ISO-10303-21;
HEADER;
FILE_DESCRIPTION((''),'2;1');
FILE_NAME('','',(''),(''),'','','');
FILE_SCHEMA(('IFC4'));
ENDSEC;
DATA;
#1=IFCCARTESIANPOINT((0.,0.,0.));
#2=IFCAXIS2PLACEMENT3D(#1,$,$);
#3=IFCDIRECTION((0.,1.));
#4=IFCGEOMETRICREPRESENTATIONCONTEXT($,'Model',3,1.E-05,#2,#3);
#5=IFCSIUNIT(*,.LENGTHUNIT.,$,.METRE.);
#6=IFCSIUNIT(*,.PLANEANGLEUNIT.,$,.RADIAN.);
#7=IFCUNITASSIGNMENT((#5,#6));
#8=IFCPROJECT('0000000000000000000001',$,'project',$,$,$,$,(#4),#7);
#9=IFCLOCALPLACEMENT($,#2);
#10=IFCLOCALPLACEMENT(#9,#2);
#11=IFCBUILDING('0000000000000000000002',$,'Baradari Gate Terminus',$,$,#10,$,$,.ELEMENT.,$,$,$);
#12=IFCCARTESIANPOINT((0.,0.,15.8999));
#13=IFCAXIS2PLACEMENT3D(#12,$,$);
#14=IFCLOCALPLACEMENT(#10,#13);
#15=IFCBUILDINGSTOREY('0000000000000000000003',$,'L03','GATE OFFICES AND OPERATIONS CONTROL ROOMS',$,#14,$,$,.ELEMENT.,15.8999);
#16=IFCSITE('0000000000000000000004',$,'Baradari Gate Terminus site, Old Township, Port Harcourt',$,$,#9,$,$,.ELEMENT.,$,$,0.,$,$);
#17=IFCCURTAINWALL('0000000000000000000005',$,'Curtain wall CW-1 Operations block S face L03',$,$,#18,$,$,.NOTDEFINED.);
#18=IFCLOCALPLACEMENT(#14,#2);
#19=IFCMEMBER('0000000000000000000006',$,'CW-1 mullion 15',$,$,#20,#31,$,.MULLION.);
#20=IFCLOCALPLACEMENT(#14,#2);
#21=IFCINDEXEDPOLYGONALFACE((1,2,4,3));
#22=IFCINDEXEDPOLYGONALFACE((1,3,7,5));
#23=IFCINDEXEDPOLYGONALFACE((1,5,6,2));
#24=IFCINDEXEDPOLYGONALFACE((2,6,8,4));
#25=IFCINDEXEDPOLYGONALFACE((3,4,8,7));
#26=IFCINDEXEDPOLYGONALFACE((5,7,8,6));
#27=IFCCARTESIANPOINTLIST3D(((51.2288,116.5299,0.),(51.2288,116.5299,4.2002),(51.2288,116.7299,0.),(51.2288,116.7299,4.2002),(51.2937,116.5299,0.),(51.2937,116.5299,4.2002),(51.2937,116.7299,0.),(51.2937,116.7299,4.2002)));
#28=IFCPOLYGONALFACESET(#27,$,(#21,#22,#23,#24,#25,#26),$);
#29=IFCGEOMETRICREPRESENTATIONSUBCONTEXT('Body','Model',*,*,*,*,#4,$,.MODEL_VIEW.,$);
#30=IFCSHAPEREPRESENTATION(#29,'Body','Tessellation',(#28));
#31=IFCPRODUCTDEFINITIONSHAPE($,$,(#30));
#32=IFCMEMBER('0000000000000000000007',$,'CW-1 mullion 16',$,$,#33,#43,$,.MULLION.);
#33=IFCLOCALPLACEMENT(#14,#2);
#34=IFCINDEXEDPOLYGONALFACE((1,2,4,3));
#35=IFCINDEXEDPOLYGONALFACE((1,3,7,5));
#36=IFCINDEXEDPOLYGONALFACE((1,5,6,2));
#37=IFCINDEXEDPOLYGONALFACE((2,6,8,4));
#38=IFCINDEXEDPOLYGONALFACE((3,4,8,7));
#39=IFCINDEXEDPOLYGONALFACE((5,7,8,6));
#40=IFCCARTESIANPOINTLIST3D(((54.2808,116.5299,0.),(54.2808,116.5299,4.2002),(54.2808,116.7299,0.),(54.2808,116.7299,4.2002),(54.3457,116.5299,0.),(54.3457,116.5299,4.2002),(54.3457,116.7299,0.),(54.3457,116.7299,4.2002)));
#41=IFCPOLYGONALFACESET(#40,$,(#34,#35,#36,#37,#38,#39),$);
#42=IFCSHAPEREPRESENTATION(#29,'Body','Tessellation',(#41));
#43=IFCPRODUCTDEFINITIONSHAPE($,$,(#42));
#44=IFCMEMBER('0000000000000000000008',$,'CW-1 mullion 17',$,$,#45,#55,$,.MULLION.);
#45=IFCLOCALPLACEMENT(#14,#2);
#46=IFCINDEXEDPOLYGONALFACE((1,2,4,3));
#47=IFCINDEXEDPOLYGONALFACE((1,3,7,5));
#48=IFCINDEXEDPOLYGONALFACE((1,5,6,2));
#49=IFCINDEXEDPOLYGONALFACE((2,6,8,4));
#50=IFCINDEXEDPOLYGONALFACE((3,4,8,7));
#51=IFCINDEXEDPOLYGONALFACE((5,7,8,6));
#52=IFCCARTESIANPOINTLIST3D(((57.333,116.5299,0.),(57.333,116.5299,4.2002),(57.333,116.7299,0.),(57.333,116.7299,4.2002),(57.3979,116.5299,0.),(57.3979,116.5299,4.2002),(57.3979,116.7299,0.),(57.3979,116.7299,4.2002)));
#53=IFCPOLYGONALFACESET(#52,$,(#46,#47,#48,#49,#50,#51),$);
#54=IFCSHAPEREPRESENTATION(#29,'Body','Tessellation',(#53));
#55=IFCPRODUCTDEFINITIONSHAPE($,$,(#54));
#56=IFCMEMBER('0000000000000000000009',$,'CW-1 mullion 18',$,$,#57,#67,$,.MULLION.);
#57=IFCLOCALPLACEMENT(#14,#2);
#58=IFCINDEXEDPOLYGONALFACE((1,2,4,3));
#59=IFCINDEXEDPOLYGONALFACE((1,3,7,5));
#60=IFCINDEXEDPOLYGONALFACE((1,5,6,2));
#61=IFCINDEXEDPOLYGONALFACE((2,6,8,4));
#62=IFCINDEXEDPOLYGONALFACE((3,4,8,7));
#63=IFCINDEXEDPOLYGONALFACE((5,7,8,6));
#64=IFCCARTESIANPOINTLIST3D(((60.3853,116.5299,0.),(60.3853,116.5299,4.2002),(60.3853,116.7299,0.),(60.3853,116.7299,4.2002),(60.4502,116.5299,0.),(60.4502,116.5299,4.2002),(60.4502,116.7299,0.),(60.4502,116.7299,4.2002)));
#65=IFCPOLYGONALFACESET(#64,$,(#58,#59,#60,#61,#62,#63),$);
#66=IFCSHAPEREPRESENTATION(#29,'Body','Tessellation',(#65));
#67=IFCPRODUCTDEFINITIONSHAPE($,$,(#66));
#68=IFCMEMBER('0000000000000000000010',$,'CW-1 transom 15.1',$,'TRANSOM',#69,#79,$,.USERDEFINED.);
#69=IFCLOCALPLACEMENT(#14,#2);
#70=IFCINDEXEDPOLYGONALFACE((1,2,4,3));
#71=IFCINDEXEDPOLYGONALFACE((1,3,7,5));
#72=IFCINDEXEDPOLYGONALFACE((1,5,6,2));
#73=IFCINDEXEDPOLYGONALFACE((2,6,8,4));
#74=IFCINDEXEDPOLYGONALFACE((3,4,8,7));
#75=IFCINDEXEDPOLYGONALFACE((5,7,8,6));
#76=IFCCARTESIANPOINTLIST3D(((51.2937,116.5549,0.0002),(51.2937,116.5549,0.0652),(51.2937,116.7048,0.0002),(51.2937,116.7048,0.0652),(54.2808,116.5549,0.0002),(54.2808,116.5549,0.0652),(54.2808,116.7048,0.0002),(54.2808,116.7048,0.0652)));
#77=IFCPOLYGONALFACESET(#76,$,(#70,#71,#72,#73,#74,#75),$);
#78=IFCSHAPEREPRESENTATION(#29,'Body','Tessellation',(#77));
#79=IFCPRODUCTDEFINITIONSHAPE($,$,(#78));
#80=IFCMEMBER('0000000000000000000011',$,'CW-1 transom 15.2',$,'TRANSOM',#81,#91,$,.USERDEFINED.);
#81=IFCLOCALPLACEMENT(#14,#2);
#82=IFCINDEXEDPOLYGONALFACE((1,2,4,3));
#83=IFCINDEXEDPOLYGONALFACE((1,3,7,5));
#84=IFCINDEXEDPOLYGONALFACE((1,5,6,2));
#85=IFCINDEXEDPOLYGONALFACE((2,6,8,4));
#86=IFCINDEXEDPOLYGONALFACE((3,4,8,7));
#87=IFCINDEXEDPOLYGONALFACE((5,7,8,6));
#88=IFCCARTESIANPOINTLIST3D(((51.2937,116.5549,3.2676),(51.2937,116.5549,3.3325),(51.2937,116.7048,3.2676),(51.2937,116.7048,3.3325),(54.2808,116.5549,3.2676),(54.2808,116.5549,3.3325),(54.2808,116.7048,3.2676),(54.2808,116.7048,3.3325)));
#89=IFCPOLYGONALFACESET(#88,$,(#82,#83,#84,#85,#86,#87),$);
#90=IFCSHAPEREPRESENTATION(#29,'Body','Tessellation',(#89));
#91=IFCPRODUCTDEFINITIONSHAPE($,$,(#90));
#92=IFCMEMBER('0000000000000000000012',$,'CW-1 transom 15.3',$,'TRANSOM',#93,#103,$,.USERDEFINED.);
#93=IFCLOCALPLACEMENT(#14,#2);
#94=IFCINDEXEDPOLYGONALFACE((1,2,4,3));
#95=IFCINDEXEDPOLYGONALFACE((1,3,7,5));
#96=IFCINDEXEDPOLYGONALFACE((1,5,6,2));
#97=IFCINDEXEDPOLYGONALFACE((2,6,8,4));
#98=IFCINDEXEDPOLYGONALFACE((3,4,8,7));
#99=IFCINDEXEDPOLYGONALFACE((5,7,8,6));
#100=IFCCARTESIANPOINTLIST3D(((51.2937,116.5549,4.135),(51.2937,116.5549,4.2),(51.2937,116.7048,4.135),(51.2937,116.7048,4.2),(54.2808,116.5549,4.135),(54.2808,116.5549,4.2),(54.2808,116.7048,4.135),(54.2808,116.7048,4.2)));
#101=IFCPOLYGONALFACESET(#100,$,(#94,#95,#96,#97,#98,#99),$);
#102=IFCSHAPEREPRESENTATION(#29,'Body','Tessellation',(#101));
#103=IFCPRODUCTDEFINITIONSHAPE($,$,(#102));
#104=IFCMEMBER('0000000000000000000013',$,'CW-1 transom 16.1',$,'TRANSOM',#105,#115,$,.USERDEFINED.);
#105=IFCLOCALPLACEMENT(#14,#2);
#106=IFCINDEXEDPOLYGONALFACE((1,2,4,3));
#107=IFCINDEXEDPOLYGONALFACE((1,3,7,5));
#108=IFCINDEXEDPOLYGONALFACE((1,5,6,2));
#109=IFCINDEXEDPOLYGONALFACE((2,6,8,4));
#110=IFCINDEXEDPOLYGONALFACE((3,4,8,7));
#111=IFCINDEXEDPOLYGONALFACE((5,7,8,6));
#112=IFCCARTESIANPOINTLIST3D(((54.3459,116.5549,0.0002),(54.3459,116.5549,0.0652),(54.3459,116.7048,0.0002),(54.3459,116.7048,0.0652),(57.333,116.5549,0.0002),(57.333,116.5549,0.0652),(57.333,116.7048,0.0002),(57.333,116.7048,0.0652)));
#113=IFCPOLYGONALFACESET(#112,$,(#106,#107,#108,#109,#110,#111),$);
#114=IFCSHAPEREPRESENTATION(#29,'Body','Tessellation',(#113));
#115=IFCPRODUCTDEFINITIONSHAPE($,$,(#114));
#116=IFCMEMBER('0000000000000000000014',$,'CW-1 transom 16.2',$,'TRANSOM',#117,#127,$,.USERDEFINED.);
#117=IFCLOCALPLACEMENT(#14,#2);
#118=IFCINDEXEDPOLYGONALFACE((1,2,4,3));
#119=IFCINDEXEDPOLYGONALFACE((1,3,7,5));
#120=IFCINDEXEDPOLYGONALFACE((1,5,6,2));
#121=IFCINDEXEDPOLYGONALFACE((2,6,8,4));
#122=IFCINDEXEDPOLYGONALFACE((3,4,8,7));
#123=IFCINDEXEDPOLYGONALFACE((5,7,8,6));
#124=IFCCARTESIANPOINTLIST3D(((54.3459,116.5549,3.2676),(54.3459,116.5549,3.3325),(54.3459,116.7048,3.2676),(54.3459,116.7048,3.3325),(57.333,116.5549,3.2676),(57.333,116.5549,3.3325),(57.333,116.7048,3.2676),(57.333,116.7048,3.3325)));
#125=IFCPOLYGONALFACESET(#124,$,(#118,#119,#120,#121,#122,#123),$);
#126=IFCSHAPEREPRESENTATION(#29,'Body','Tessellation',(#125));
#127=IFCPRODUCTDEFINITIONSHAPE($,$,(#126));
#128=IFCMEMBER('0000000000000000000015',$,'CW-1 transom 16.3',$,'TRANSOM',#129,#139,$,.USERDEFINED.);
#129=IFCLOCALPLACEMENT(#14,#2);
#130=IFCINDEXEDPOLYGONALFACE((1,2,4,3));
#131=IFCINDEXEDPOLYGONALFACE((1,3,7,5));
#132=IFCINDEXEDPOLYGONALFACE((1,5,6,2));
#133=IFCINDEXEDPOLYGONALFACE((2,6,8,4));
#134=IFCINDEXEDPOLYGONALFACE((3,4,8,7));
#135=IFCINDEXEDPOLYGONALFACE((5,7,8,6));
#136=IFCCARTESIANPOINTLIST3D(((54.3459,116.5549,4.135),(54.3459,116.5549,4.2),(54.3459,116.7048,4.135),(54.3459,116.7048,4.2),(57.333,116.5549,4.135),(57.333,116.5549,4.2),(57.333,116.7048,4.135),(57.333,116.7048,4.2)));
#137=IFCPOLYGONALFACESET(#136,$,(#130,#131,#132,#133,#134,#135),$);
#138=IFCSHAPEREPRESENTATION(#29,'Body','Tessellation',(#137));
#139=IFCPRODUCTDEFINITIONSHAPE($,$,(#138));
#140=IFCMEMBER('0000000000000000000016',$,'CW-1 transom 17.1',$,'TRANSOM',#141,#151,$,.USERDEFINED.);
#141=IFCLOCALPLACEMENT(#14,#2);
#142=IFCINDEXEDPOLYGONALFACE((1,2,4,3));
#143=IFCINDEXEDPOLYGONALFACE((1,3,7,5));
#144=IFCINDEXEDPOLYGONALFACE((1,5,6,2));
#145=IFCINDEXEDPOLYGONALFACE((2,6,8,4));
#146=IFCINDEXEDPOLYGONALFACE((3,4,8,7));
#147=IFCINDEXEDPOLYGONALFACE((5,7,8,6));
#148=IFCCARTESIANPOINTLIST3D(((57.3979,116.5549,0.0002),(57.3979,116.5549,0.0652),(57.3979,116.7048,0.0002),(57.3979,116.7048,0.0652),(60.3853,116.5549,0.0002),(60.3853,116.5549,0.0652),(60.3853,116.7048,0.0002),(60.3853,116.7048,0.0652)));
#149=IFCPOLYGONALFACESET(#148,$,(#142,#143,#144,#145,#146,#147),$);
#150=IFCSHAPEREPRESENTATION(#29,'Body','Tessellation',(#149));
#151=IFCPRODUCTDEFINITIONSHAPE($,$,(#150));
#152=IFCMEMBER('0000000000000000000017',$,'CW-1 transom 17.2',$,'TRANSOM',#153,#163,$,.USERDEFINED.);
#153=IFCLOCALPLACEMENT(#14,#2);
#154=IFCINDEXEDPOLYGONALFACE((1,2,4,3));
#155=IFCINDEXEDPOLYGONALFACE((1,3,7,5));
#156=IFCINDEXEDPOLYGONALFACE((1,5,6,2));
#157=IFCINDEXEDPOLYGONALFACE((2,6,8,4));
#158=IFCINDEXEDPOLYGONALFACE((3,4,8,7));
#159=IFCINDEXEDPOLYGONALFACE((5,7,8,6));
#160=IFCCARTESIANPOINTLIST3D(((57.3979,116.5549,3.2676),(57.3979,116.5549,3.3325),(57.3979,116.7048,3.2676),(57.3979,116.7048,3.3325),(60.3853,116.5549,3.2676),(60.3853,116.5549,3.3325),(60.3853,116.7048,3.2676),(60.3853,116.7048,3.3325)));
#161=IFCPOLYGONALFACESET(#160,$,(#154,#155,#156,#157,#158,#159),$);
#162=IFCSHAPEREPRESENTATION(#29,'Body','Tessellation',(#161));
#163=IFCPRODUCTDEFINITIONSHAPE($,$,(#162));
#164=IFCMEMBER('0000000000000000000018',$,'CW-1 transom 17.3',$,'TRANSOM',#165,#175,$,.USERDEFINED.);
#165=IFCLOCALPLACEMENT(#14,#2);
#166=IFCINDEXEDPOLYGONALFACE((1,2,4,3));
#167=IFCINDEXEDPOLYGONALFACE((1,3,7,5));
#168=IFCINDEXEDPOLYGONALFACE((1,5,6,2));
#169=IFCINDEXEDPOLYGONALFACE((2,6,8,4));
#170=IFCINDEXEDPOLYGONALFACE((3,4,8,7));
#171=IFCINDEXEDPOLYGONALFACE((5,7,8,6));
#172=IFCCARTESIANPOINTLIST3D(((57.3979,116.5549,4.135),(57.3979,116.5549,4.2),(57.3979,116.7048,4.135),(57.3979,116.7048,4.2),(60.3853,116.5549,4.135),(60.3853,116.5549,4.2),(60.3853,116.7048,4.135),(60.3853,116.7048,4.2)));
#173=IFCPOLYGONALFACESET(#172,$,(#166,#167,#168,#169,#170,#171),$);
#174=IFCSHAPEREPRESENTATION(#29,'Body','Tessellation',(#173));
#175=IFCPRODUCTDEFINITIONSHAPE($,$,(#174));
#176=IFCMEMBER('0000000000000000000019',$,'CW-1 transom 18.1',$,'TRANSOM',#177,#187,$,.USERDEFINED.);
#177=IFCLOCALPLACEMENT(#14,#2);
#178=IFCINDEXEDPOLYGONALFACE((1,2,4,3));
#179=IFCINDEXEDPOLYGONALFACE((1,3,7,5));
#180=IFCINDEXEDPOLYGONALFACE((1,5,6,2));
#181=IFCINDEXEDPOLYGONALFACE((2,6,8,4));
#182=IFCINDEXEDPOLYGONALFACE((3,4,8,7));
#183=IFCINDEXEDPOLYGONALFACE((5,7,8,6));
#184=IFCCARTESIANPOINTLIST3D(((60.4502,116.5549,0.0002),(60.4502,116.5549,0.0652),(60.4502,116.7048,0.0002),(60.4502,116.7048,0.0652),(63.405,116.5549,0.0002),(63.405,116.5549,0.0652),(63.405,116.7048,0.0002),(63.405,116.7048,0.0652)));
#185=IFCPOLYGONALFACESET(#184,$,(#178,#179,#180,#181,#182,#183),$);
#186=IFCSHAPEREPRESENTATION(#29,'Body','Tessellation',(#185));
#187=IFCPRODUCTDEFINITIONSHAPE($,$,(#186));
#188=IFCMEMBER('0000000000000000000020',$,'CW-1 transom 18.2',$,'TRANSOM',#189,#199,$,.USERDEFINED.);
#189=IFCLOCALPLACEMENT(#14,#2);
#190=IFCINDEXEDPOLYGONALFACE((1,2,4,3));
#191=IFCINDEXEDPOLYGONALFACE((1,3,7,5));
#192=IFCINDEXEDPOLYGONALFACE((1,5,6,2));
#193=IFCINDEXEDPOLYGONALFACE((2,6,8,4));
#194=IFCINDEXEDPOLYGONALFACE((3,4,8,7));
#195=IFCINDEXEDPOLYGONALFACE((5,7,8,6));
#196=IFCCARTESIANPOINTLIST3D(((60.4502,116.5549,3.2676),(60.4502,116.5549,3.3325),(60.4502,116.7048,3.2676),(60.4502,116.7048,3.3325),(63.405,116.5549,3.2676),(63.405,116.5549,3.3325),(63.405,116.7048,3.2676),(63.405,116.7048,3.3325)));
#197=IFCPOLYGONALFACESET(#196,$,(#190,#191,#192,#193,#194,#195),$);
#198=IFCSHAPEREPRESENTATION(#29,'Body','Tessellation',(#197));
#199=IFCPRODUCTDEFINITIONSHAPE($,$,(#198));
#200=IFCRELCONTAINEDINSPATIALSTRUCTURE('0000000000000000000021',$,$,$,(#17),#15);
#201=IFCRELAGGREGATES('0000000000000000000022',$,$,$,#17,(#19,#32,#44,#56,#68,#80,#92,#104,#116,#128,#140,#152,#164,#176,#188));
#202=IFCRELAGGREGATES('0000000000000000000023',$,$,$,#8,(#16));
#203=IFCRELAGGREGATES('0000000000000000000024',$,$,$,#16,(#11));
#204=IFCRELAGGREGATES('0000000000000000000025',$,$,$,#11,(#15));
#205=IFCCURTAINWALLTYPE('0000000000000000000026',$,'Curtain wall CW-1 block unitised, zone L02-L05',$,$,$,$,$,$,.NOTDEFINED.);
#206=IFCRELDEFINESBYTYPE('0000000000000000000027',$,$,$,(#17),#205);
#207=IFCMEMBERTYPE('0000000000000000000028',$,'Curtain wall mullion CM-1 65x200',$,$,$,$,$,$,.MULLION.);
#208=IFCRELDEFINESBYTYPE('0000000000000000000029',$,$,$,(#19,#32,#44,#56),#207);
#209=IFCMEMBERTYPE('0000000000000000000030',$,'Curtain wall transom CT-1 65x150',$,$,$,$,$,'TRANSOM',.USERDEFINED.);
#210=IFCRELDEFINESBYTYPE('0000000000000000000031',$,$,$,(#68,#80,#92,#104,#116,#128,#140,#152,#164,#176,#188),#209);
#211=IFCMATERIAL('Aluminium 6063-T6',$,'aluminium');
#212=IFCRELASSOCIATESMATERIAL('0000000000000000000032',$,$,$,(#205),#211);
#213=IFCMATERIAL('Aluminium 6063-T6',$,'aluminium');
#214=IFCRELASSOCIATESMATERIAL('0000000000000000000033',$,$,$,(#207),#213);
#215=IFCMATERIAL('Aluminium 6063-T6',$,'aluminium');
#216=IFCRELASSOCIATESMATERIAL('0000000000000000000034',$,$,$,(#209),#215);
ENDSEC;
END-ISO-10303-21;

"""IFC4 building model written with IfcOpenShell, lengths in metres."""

from ifc_helpers import new_model, si_unit, direction, frame, origin, origin_2d, place, context, subcontext, project, spatial, rectangle, extrude, material, material_profile, profile_set, type_object, element, aggregate, save


model = new_model("IFC4")

# Units and contexts
model_context = context("Model", 3, precision=1e-05, world=origin(), true_north=direction((0.0, 1.0)))
body_context = subcontext(model_context, "Body", "Model", "MODEL_VIEW")
ifc_project = project(units=[si_unit("LENGTHUNIT", "METRE"), si_unit("PLANEANGLEUNIT", "RADIAN")], contexts=[model_context])

# Site, building, storey
site_placement = place(None, origin())
site = spatial("IfcSite", under=ifc_project, at=site_placement, Name="Baradari Gate Terminus site, Old Township, Port Harcourt", CompositionType="ELEMENT", RefElevation=0.0)
building_placement = place(site_placement, origin())
building = spatial("IfcBuilding", under=site, at=building_placement, Name="Baradari Gate Terminus", CompositionType="ELEMENT")
storey_placement = place(building_placement, frame((0.0, 0.0, 15.8999)))
storey = spatial("IfcBuildingStorey", under=building, at=storey_placement, Name="L03", Description="GATE OFFICES AND OPERATIONS CONTROL ROOMS", CompositionType="ELEMENT", Elevation=15.8999)

# Curtain wall, members
ifc_material_1 = material(Name="Aluminium 6063-T6", Category="aluminium")
curtain_wall_type = type_object("IfcCurtainWallType", Name="Curtain wall CW-1 block unitised, zone L02-L05", PredefinedType="NOTDEFINED", material=ifc_material_1)
curtain_wall_placement = place(storey_placement, origin())
curtain_wall = element("IfcCurtainWall", 1, at=curtain_wall_placement, inside=storey, type_object=curtain_wall_type, Name="Curtain wall CW-1 Operations block S face L03", PredefinedType="NOTDEFINED")
ifc_material_2 = material(Name="Aluminium 6063-T6", Category="aluminium")
ifc_material_profile_1 = material_profile(ifc_material_2, rectangle(XDim=0.2, YDim=0.0649, at=origin_2d()), Name="CM-1 65X200")
ifc_profile_set_1 = profile_set([ifc_material_profile_1], Name="Aluminium 6063-T6")
member_type_1 = type_object("IfcMemberType", Name="Curtain wall mullion CM-1 65x200", PredefinedType="MULLION", material=ifc_profile_set_1)
member_1_placement = place(storey_placement, frame((51.2612, 116.6299, 0.0), z_axis=(0.0, 0.0, 1.0), x_axis=(0.0, 1.0, 0.0)))
member_1 = element("IfcMember", 2, at=member_1_placement, type_object=member_type_1, Name="CW-1 mullion 15", PredefinedType="MULLION", context=body_context, shape_type="SweptSolid", body=[
    extrude(rectangle(XDim=0.2, YDim=0.0649, at=origin_2d()), origin(), (0.0, 0.0, 1.0), 4.2002),
])
member_2_placement = place(storey_placement, frame((54.3132, 116.6299, 0.0), z_axis=(0.0, 0.0, 1.0), x_axis=(0.0, 1.0, 0.0)))
member_2 = element("IfcMember", 3, at=member_2_placement, type_object=member_type_1, Name="CW-1 mullion 16", PredefinedType="MULLION", context=body_context, shape_type="SweptSolid", body=[
    extrude(rectangle(XDim=0.2, YDim=0.0649, at=origin_2d()), origin(), (0.0, 0.0, 1.0), 4.2002),
])
member_3_placement = place(storey_placement, frame((57.3655, 116.6299, 0.0), z_axis=(0.0, 0.0, 1.0), x_axis=(0.0, 1.0, 0.0)))
member_3 = element("IfcMember", 4, at=member_3_placement, type_object=member_type_1, Name="CW-1 mullion 17", PredefinedType="MULLION", context=body_context, shape_type="SweptSolid", body=[
    extrude(rectangle(XDim=0.2, YDim=0.0649, at=origin_2d()), origin(), (0.0, 0.0, 1.0), 4.2002),
])
member_4_placement = place(storey_placement, frame((60.4177, 116.6299, 0.0), z_axis=(0.0, 0.0, 1.0), x_axis=(0.0, 1.0, 0.0)))
member_4 = element("IfcMember", 5, at=member_4_placement, type_object=member_type_1, Name="CW-1 mullion 18", PredefinedType="MULLION", context=body_context, shape_type="SweptSolid", body=[
    extrude(rectangle(XDim=0.2, YDim=0.0649, at=origin_2d()), origin(), (0.0, 0.0, 1.0), 4.2002),
])
ifc_material_3 = material(Name="Aluminium 6063-T6", Category="aluminium")
ifc_material_profile_2 = material_profile(ifc_material_3, rectangle(XDim=0.1499, YDim=0.0649, at=origin_2d()), Name="CT-1 65X150")
ifc_profile_set_2 = profile_set([ifc_material_profile_2], Name="Aluminium 6063-T6")
member_type_2 = type_object("IfcMemberType", Name="Curtain wall transom CT-1 65x150", ElementType="TRANSOM", PredefinedType="USERDEFINED", material=ifc_profile_set_2)
member_5_placement = place(storey_placement, frame((51.2937, 116.6299, 0.0327), z_axis=(1.0, 0.0, 0.0), x_axis=(0.0, 1.0, 0.0)))
member_5 = element("IfcMember", 6, at=member_5_placement, type_object=member_type_2, Name="CW-1 transom 15.1", ObjectType="TRANSOM", PredefinedType="USERDEFINED", context=body_context, shape_type="SweptSolid", body=[
    extrude(rectangle(XDim=0.1499, YDim=0.0649, at=origin_2d()), origin(), (0.0, 0.0, 1.0), 2.9871),
])
member_6_placement = place(storey_placement, frame((51.2937, 116.6299, 3.3), z_axis=(1.0, 0.0, 0.0), x_axis=(0.0, 1.0, 0.0)))
member_6 = element("IfcMember", 7, at=member_6_placement, type_object=member_type_2, Name="CW-1 transom 15.2", ObjectType="TRANSOM", PredefinedType="USERDEFINED", context=body_context, shape_type="SweptSolid", body=[
    extrude(rectangle(XDim=0.1499, YDim=0.0649, at=origin_2d()), origin(), (0.0, 0.0, 1.0), 2.9871),
])
member_7_placement = place(storey_placement, frame((51.2937, 116.6299, 4.1675), z_axis=(1.0, 0.0, 0.0), x_axis=(0.0, 1.0, 0.0)))
member_7 = element("IfcMember", 8, at=member_7_placement, type_object=member_type_2, Name="CW-1 transom 15.3", ObjectType="TRANSOM", PredefinedType="USERDEFINED", context=body_context, shape_type="SweptSolid", body=[
    extrude(rectangle(XDim=0.1499, YDim=0.0649, at=origin_2d()), origin(), (0.0, 0.0, 1.0), 2.9871),
])
member_8_placement = place(storey_placement, frame((54.3459, 116.6299, 0.0327), z_axis=(1.0, 0.0, 0.0), x_axis=(0.0, 1.0, 0.0)))
member_8 = element("IfcMember", 9, at=member_8_placement, type_object=member_type_2, Name="CW-1 transom 16.1", ObjectType="TRANSOM", PredefinedType="USERDEFINED", context=body_context, shape_type="SweptSolid", body=[
    extrude(rectangle(XDim=0.1499, YDim=0.0649, at=origin_2d()), origin(), (0.0, 0.0, 1.0), 2.9871),
])
member_9_placement = place(storey_placement, frame((54.3459, 116.6299, 3.3), z_axis=(1.0, 0.0, 0.0), x_axis=(0.0, 1.0, 0.0)))
member_9 = element("IfcMember", 10, at=member_9_placement, type_object=member_type_2, Name="CW-1 transom 16.2", ObjectType="TRANSOM", PredefinedType="USERDEFINED", context=body_context, shape_type="SweptSolid", body=[
    extrude(rectangle(XDim=0.1499, YDim=0.0649, at=origin_2d()), origin(), (0.0, 0.0, 1.0), 2.9871),
])
member_10_placement = place(storey_placement, frame((54.3459, 116.6299, 4.1675), z_axis=(1.0, 0.0, 0.0), x_axis=(0.0, 1.0, 0.0)))
member_10 = element("IfcMember", 11, at=member_10_placement, type_object=member_type_2, Name="CW-1 transom 16.3", ObjectType="TRANSOM", PredefinedType="USERDEFINED", context=body_context, shape_type="SweptSolid", body=[
    extrude(rectangle(XDim=0.1499, YDim=0.0649, at=origin_2d()), origin(), (0.0, 0.0, 1.0), 2.9871),
])
member_11_placement = place(storey_placement, frame((57.3979, 116.6299, 0.0327), z_axis=(1.0, 0.0, 0.0), x_axis=(0.0, 1.0, 0.0)))
member_11 = element("IfcMember", 12, at=member_11_placement, type_object=member_type_2, Name="CW-1 transom 17.1", ObjectType="TRANSOM", PredefinedType="USERDEFINED", context=body_context, shape_type="SweptSolid", body=[
    extrude(rectangle(XDim=0.1499, YDim=0.0649, at=origin_2d()), origin(), (0.0, 0.0, 1.0), 2.9873),
])
member_12_placement = place(storey_placement, frame((57.3979, 116.6299, 3.3), z_axis=(1.0, 0.0, 0.0), x_axis=(0.0, 1.0, 0.0)))
member_12 = element("IfcMember", 13, at=member_12_placement, type_object=member_type_2, Name="CW-1 transom 17.2", ObjectType="TRANSOM", PredefinedType="USERDEFINED", context=body_context, shape_type="SweptSolid", body=[
    extrude(rectangle(XDim=0.1499, YDim=0.0649, at=origin_2d()), origin(), (0.0, 0.0, 1.0), 2.9873),
])
member_13_placement = place(storey_placement, frame((57.3979, 116.6299, 4.1675), z_axis=(1.0, 0.0, 0.0), x_axis=(0.0, 1.0, 0.0)))
member_13 = element("IfcMember", 14, at=member_13_placement, type_object=member_type_2, Name="CW-1 transom 17.3", ObjectType="TRANSOM", PredefinedType="USERDEFINED", context=body_context, shape_type="SweptSolid", body=[
    extrude(rectangle(XDim=0.1499, YDim=0.0649, at=origin_2d()), origin(), (0.0, 0.0, 1.0), 2.9873),
])
member_14_placement = place(storey_placement, frame((60.4502, 116.6299, 0.0327), z_axis=(1.0, 0.0, 0.0), x_axis=(0.0, 1.0, 0.0)))
member_14 = element("IfcMember", 15, at=member_14_placement, type_object=member_type_2, Name="CW-1 transom 18.1", ObjectType="TRANSOM", PredefinedType="USERDEFINED", context=body_context, shape_type="SweptSolid", body=[
    extrude(rectangle(XDim=0.1499, YDim=0.0649, at=origin_2d()), origin(), (0.0, 0.0, 1.0), 2.9548),
])
member_15_placement = place(storey_placement, frame((60.4502, 116.6299, 3.3), z_axis=(1.0, 0.0, 0.0), x_axis=(0.0, 1.0, 0.0)))
member_15 = element("IfcMember", 16, at=member_15_placement, type_object=member_type_2, Name="CW-1 transom 18.2", ObjectType="TRANSOM", PredefinedType="USERDEFINED", context=body_context, shape_type="SweptSolid", body=[
    extrude(rectangle(XDim=0.1499, YDim=0.0649, at=origin_2d()), origin(), (0.0, 0.0, 1.0), 2.9548),
])
aggregate(curtain_wall, [member_1, member_2, member_3, member_4, member_5, member_6, member_7, member_8, member_9, member_10, member_11, member_12, member_13, member_14, member_15])

save(model, "model.ifc")
